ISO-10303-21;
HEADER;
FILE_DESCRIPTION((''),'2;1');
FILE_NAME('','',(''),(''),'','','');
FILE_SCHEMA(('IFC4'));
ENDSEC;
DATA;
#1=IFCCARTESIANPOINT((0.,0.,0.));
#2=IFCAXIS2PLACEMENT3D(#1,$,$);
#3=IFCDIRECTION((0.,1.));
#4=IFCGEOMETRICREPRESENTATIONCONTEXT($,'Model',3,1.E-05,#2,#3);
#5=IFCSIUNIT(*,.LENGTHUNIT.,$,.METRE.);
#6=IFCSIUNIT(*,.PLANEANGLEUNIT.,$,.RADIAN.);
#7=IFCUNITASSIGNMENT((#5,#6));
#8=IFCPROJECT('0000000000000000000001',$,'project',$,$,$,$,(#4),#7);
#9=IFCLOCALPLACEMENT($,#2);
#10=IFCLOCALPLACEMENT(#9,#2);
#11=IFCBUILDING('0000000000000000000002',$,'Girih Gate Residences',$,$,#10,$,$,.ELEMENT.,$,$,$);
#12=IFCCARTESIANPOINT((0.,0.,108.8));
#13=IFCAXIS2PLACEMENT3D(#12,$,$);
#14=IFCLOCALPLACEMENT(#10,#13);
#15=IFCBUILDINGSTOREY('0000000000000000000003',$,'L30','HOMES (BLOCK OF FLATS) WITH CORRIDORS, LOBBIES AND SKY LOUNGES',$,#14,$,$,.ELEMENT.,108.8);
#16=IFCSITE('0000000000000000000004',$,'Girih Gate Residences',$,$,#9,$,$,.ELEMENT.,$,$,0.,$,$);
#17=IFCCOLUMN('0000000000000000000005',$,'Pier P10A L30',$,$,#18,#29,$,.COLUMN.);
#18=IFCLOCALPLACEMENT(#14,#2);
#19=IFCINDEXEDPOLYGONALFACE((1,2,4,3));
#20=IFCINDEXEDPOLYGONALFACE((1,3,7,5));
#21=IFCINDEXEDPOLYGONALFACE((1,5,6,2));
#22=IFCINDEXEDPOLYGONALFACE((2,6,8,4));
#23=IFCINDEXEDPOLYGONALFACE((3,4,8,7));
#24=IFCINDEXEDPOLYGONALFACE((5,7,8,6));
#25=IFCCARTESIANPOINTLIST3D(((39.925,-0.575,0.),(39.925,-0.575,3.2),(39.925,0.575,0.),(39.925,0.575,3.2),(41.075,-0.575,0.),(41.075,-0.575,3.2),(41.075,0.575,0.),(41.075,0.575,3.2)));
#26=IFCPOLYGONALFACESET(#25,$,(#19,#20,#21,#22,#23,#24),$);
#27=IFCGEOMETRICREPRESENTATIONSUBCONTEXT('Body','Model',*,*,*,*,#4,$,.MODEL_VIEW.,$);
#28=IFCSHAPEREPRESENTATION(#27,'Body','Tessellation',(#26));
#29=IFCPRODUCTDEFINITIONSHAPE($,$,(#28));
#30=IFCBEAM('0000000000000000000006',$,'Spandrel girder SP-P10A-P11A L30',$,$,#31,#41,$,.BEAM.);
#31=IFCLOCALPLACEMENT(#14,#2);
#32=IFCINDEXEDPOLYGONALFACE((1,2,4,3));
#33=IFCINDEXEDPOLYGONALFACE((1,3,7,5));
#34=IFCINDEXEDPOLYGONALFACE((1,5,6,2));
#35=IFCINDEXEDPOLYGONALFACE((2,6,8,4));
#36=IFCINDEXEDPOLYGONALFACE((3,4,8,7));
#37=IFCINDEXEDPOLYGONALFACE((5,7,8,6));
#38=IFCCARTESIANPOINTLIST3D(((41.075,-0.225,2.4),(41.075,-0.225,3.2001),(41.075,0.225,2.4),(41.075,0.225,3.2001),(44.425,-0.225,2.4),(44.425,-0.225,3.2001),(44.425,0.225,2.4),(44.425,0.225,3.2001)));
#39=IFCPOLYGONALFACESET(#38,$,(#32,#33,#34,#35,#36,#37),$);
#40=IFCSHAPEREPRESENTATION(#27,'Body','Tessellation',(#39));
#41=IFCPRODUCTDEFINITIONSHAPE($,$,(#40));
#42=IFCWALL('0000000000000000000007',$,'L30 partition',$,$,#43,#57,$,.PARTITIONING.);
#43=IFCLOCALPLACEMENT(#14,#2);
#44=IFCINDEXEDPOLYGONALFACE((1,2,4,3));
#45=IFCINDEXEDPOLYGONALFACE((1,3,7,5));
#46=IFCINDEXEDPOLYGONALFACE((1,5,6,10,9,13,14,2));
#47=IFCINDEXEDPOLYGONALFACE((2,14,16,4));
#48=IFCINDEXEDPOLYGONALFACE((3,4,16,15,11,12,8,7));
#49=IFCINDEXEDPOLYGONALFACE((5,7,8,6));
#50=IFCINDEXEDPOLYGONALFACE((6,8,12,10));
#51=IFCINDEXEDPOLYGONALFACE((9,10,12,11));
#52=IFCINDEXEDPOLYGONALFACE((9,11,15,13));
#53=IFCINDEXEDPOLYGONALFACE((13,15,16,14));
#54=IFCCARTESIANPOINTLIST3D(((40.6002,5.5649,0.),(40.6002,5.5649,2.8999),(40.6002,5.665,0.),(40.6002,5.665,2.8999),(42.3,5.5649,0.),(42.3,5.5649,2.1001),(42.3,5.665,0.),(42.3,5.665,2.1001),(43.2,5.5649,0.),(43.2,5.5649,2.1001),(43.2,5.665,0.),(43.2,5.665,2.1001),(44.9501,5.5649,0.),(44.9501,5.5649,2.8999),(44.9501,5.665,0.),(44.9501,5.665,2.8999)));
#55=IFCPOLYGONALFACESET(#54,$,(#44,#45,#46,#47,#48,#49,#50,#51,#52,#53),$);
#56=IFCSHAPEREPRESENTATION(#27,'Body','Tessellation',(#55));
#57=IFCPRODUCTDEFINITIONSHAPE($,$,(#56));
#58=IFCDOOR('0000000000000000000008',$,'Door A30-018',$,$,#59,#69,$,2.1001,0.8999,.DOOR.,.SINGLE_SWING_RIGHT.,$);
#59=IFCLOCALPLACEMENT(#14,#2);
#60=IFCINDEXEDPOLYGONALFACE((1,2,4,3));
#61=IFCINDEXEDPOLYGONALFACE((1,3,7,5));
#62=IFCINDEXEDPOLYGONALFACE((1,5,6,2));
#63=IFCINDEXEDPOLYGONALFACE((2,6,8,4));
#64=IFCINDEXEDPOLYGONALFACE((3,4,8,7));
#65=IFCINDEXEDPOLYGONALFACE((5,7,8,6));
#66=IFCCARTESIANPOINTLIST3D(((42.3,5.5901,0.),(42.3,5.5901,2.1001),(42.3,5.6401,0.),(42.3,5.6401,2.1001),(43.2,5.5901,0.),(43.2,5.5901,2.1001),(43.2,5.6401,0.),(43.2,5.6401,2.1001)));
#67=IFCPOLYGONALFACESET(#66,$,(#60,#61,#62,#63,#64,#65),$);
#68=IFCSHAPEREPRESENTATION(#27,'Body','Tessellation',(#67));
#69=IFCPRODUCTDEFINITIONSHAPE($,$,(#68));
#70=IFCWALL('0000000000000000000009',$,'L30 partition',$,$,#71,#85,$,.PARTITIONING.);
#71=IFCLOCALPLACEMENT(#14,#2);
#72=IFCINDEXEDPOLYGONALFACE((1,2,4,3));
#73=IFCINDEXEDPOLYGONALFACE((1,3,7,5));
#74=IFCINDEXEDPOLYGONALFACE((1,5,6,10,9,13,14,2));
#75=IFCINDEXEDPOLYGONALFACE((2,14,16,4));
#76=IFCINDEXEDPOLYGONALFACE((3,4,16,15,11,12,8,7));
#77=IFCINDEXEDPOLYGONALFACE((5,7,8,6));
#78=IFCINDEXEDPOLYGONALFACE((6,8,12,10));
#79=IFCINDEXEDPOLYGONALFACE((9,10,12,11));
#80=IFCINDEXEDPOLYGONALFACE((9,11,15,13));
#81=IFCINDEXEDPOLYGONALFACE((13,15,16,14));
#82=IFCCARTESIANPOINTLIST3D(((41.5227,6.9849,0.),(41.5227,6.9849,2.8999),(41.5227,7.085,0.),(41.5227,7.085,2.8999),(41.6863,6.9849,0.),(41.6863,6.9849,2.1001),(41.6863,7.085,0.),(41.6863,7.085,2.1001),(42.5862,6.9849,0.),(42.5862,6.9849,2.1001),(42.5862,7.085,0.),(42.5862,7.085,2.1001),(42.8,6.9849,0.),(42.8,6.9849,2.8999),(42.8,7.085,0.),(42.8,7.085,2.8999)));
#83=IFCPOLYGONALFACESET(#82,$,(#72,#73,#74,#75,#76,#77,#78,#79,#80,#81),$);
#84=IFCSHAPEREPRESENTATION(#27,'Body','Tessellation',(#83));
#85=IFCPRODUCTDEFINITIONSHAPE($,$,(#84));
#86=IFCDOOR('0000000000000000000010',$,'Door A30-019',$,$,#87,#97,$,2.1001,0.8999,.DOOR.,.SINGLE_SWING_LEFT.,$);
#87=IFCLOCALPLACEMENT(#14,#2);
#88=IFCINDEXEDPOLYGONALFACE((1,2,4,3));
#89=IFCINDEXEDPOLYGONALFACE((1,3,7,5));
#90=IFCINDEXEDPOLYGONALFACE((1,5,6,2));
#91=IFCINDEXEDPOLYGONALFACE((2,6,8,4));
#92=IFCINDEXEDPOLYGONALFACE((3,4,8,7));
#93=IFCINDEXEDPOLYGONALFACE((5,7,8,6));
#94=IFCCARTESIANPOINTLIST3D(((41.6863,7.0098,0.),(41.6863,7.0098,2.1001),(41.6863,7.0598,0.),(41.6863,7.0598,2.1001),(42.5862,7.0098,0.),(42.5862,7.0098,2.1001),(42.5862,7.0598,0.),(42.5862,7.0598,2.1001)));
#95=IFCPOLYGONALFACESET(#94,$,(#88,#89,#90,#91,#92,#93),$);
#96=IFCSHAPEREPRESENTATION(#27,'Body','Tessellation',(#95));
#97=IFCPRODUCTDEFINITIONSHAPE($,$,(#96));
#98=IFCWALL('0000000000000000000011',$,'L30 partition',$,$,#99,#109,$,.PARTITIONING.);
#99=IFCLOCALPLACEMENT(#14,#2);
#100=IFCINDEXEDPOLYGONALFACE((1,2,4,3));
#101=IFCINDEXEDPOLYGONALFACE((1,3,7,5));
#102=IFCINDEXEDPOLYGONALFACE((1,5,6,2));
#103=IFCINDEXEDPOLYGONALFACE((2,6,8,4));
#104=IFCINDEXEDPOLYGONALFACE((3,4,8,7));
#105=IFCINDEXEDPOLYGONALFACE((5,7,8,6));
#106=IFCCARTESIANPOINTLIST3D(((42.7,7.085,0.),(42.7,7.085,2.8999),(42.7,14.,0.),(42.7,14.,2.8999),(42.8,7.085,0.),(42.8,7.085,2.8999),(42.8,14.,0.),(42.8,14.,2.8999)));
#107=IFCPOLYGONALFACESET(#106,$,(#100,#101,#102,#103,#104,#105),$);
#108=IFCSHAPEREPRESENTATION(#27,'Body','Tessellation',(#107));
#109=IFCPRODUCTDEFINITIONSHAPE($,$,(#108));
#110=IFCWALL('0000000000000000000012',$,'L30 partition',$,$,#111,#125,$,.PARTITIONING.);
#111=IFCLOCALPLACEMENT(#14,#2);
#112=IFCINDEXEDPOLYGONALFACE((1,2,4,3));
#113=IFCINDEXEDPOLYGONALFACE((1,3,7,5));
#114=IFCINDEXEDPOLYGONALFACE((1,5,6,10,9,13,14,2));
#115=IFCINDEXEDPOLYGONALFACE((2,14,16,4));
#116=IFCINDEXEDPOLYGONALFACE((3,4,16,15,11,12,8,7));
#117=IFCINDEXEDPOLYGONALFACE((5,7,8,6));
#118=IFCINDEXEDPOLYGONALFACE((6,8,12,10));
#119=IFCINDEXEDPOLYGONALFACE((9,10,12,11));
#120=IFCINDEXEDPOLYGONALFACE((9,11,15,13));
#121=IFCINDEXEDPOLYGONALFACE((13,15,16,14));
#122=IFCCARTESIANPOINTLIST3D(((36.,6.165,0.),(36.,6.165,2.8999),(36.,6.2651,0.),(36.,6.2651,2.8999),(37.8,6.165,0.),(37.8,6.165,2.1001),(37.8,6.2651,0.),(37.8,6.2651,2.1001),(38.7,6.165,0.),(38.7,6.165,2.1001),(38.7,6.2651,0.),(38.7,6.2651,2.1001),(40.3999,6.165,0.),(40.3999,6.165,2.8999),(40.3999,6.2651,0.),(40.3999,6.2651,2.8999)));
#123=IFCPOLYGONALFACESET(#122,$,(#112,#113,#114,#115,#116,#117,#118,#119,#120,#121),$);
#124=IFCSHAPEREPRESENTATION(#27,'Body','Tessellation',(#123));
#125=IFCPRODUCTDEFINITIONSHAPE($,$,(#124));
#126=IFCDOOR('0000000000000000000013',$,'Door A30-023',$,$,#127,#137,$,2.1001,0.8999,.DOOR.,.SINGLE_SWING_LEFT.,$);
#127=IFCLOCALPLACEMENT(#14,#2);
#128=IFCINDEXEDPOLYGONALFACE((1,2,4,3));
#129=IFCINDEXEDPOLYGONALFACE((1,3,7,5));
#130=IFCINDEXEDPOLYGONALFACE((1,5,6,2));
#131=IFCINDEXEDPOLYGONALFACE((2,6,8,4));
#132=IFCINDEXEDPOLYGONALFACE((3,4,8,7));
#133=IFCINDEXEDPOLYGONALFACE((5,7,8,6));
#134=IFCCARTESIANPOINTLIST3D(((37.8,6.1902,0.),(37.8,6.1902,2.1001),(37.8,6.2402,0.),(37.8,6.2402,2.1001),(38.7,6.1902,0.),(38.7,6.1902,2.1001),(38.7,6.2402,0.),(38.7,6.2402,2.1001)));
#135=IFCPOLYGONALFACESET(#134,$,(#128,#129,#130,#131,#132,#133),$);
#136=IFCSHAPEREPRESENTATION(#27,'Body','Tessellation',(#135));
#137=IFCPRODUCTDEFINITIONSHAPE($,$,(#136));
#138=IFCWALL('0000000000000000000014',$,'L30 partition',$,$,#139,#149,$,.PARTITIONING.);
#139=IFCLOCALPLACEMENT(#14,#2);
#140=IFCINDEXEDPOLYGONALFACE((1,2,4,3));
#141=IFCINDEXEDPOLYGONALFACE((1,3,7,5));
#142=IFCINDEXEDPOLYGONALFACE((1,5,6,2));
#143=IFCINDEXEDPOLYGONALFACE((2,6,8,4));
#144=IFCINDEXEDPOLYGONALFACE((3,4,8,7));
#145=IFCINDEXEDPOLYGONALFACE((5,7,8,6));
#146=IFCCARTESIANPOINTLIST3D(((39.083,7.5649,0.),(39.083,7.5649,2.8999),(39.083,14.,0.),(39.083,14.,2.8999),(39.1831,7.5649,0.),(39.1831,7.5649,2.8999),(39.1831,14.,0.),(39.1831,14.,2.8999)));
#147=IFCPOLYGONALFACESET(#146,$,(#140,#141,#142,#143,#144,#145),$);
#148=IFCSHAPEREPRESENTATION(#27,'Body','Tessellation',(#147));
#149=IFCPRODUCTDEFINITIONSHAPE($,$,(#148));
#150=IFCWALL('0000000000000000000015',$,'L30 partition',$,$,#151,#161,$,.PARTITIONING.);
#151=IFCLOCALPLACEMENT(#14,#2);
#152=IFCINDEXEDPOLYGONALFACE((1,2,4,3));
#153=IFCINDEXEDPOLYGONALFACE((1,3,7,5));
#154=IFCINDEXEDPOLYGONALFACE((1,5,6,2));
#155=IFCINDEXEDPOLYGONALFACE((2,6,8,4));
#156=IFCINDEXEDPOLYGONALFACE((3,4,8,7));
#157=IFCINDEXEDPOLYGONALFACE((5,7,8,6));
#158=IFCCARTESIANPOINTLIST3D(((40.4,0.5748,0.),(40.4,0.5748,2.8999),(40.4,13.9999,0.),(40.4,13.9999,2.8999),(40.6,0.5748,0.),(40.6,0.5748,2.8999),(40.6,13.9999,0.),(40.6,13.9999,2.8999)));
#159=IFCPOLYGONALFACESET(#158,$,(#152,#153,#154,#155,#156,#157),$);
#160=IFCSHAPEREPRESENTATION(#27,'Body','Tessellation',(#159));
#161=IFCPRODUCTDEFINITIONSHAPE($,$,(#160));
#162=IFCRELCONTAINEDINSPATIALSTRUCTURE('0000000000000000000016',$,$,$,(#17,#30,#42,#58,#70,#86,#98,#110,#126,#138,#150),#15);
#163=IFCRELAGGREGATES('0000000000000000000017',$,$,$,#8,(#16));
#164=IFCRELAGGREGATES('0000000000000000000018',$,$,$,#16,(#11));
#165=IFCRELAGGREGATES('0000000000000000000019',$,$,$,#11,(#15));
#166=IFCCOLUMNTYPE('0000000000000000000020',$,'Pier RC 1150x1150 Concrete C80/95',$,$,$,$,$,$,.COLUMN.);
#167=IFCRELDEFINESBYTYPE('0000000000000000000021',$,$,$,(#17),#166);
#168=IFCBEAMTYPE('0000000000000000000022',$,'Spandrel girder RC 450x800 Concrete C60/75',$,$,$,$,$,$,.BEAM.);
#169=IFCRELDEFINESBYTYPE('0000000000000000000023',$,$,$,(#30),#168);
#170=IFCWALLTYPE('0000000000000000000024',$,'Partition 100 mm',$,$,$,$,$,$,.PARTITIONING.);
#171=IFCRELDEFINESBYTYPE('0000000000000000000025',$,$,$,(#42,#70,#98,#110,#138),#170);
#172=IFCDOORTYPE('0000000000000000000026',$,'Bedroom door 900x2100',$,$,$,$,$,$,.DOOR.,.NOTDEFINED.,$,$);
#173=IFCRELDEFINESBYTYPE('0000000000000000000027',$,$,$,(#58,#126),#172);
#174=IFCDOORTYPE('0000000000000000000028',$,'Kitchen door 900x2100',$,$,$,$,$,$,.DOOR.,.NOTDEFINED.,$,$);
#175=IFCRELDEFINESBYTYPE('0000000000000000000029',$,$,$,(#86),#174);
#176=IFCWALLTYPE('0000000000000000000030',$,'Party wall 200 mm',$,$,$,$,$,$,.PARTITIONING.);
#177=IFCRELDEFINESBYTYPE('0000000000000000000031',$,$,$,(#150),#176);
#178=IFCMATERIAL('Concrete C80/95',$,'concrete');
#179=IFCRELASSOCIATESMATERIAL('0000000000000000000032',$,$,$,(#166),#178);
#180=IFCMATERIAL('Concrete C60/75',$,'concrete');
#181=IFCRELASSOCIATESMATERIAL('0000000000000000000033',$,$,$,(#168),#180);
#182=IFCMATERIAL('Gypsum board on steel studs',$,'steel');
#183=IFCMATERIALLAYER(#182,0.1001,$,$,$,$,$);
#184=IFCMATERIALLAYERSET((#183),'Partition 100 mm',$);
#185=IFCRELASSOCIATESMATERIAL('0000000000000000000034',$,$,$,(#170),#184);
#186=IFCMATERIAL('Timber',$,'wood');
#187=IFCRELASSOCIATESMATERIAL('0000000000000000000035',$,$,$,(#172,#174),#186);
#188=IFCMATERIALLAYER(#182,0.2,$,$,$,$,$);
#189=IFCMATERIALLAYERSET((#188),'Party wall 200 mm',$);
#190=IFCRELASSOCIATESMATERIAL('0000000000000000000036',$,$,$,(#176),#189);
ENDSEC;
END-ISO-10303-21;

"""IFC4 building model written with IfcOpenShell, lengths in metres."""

from ifc_helpers import new_model, si_unit, direction, frame, frame_2d, origin, origin_2d, place, context, subcontext, project, spatial, rectangle, extrude, material, layer, layer_set, material_profile, profile_set, type_object, element, fill, save


model = new_model("IFC4")

# Units and contexts
model_context = context("Model", 3, precision=1e-05, world=origin(), true_north=direction((0.0, 1.0)))
body_context = subcontext(model_context, "Body", "Model", "MODEL_VIEW")
ifc_project = project(units=[si_unit("LENGTHUNIT", "METRE"), si_unit("PLANEANGLEUNIT", "RADIAN")], contexts=[model_context])

# Site, building, storey
site_placement = place(None, origin())
site = spatial("IfcSite", under=ifc_project, at=site_placement, Name="Girih Gate Residences", CompositionType="ELEMENT", RefElevation=0.0)
building_placement = place(site_placement, origin())
building = spatial("IfcBuilding", under=site, at=building_placement, Name="Girih Gate Residences", CompositionType="ELEMENT")
storey_placement = place(building_placement, frame((0.0, 0.0, 108.8)))
storey = spatial("IfcBuildingStorey", under=building, at=storey_placement, Name="L30", Description="HOMES (BLOCK OF FLATS) WITH CORRIDORS, LOBBIES AND SKY LOUNGES", CompositionType="ELEMENT", Elevation=108.8)

# Column
ifc_material_1 = material(Name="Concrete C80/95", Category="concrete")
ifc_material_profile_1 = material_profile(ifc_material_1, rectangle(XDim=1.1499, YDim=1.1499, at=origin_2d()))
ifc_profile_set_1 = profile_set([ifc_material_profile_1], Name="Concrete C80/95")
column_type = type_object("IfcColumnType", Name="Pier RC 1150x1150 Concrete C80/95", PredefinedType="COLUMN", material=ifc_profile_set_1)
column_placement = place(storey_placement, frame((40.5, 0.0, 0.0), z_axis=(0.0, 0.0, 1.0), x_axis=(1.0, 0.0, 0.0)))
element("IfcColumn", 1, at=column_placement, inside=storey, type_object=column_type, Name="Pier P10A L30", PredefinedType="COLUMN", context=body_context, shape_type="SweptSolid", body=[
    extrude(rectangle(XDim=1.1499, YDim=1.1499, at=origin_2d()), origin(), (0.0, 0.0, 1.0), 3.2),
])

# Beam
ifc_material_2 = material(Name="Concrete C60/75", Category="concrete")
ifc_material_profile_2 = material_profile(ifc_material_2, rectangle(XDim=0.45, YDim=0.8, at=origin_2d()))
ifc_profile_set_2 = profile_set([ifc_material_profile_2], Name="Concrete C60/75")
beam_type = type_object("IfcBeamType", Name="Spandrel girder RC 450x800 Concrete C60/75", PredefinedType="BEAM", material=ifc_profile_set_2)
beam_placement = place(storey_placement, frame((41.075, 0.0, 2.8), z_axis=(1.0, 0.0, 0.0), x_axis=(0.0, 1.0, 0.0)))
element("IfcBeam", 2, at=beam_placement, inside=storey, type_object=beam_type, Name="Spandrel girder SP-P10A-P11A L30", PredefinedType="BEAM", context=body_context, shape_type="SweptSolid", body=[
    extrude(rectangle(XDim=0.45, YDim=0.8, at=origin_2d()), origin(), (0.0, 0.0, 1.0), 3.3501),
])

# Walls, openings, doors
ifc_material_3 = material(Name="Gypsum board on steel studs", Category="steel")
ifc_layer_1 = layer(ifc_material_3, 0.1001)
ifc_layer_set_1 = layer_set([ifc_layer_1], Name="Partition 100 mm")
wall_type_1 = type_object("IfcWallType", Name="Partition 100 mm", PredefinedType="PARTITIONING", material=ifc_layer_set_1)
wall_1_placement = place(storey_placement, frame((44.95, 5.615, 0.0), z_axis=(0.0, 0.0, 1.0), x_axis=(-1.0, 0.0, 0.0)))
wall_1 = element("IfcWall", 3, at=wall_1_placement, inside=storey, type_object=wall_type_1, Name="L30 partition", PredefinedType="PARTITIONING", context=body_context, shape_type="SweptSolid", body=[
    extrude(rectangle(XDim=4.3499, YDim=0.1001, at=frame_2d((2.1748, 0.0))), origin(), (0.0, 0.0, 1.0), 2.8999),
])
opening_1_placement = place(wall_1_placement, frame((1.75, 0.0, 0.0)))
opening_1 = element("IfcOpeningElement", 4, at=opening_1_placement, cuts=wall_1, PredefinedType="OPENING", context=body_context, shape_type="SweptSolid", body=[
    extrude(rectangle(XDim=0.8999, YDim=2.1001, at=frame_2d((0.45, 1.05))), frame((0.0, 0.0601, 0.0), z_axis=(0.0, -1.0, 0.0), x_axis=(1.0, 0.0, 0.0)), (0.0, 0.0, 1.0), 0.1201),
])
ifc_material_4 = material(Name="Timber", Category="wood")
door_type_1 = type_object("IfcDoorType", Name="Bedroom door 900x2100", OperationType="NOTDEFINED", PredefinedType="DOOR", material=ifc_material_4)
door_1_placement = place(opening_1_placement, origin())
door_1 = element("IfcDoor", 5, at=door_1_placement, inside=storey, type_object=door_type_1, Name="Door A30-018", OperationType="SINGLE_SWING_RIGHT", OverallHeight=2.1001, OverallWidth=0.8999, PredefinedType="DOOR", context=body_context, shape_type="SweptSolid", body=[
    extrude(rectangle(XDim=0.8999, YDim=2.1001, at=frame_2d((0.45, 1.05))), frame((0.0, 0.0249, 0.0), z_axis=(0.0, -1.0, 0.0), x_axis=(1.0, 0.0, 0.0)), (0.0, 0.0, 1.0), 0.05),
])
fill(opening_1, door_1)
wall_2_placement = place(storey_placement, frame((41.5227, 7.0349, 0.0), z_axis=(0.0, 0.0, 1.0), x_axis=(1.0, 0.0, 0.0)))
wall_2 = element("IfcWall", 6, at=wall_2_placement, inside=storey, type_object=wall_type_1, Name="L30 partition", PredefinedType="PARTITIONING", context=body_context, shape_type="SweptSolid", body=[
    extrude(rectangle(XDim=1.2773, YDim=0.1001, at=frame_2d((0.6387, 0.0))), origin(), (0.0, 0.0, 1.0), 2.8999),
])
opening_2_placement = place(wall_2_placement, frame((0.1636, 0.0, 0.0)))
opening_2 = element("IfcOpeningElement", 7, at=opening_2_placement, cuts=wall_2, PredefinedType="OPENING", context=body_context, shape_type="SweptSolid", body=[
    extrude(rectangle(XDim=0.8999, YDim=2.1001, at=frame_2d((0.45, 1.05))), frame((0.0, 0.0601, 0.0), z_axis=(0.0, -1.0, 0.0), x_axis=(1.0, 0.0, 0.0)), (0.0, 0.0, 1.0), 0.1201),
])
door_type_2 = type_object("IfcDoorType", Name="Kitchen door 900x2100", OperationType="NOTDEFINED", PredefinedType="DOOR", material=ifc_material_4)
door_2_placement = place(opening_2_placement, origin())
door_2 = element("IfcDoor", 8, at=door_2_placement, inside=storey, type_object=door_type_2, Name="Door A30-019", OperationType="SINGLE_SWING_LEFT", OverallHeight=2.1001, OverallWidth=0.8999, PredefinedType="DOOR", context=body_context, shape_type="SweptSolid", body=[
    extrude(rectangle(XDim=0.8999, YDim=2.1001, at=frame_2d((0.45, 1.05))), frame((0.0, 0.0249, 0.0), z_axis=(0.0, -1.0, 0.0), x_axis=(1.0, 0.0, 0.0)), (0.0, 0.0, 1.0), 0.05),
])
fill(opening_2, door_2)

# Wall
wall_3_placement = place(storey_placement, frame((42.75, 7.085, 0.0), z_axis=(0.0, 0.0, 1.0), x_axis=(0.0, 1.0, 0.0)))
element("IfcWall", 9, at=wall_3_placement, inside=storey, type_object=wall_type_1, Name="L30 partition", PredefinedType="PARTITIONING", context=body_context, shape_type="SweptSolid", body=[
    extrude(rectangle(XDim=6.915, YDim=0.1001, at=frame_2d((3.4575, 0.0))), origin(), (0.0, 0.0, 1.0), 2.8999),
])

# Wall, opening, door
wall_4_placement = place(storey_placement, frame((40.3999, 6.2151, 0.0), z_axis=(0.0, 0.0, 1.0), x_axis=(-1.0, 0.0, 0.0)))
wall_4 = element("IfcWall", 10, at=wall_4_placement, inside=storey, type_object=wall_type_1, Name="L30 partition", PredefinedType="PARTITIONING", context=body_context, shape_type="SweptSolid", body=[
    extrude(rectangle(XDim=4.3999, YDim=0.1001, at=frame_2d((2.2, 0.0))), origin(), (0.0, 0.0, 1.0), 2.8999),
])
opening_3_placement = place(wall_4_placement, frame((1.7, 0.0, 0.0)))
opening_3 = element("IfcOpeningElement", 11, at=opening_3_placement, cuts=wall_4, PredefinedType="OPENING", context=body_context, shape_type="SweptSolid", body=[
    extrude(rectangle(XDim=0.8999, YDim=2.1001, at=frame_2d((0.45, 1.05))), frame((0.0, 0.0601, 0.0), z_axis=(0.0, -1.0, 0.0), x_axis=(1.0, 0.0, 0.0)), (0.0, 0.0, 1.0), 0.1201),
])
door_3_placement = place(opening_3_placement, origin())
door_3 = element("IfcDoor", 12, at=door_3_placement, inside=storey, type_object=door_type_1, Name="Door A30-023", OperationType="SINGLE_SWING_LEFT", OverallHeight=2.1001, OverallWidth=0.8999, PredefinedType="DOOR", context=body_context, shape_type="SweptSolid", body=[
    extrude(rectangle(XDim=0.8999, YDim=2.1001, at=frame_2d((0.45, 1.05))), frame((0.0, 0.0249, 0.0), z_axis=(0.0, -1.0, 0.0), x_axis=(1.0, 0.0, 0.0)), (0.0, 0.0, 1.0), 0.05),
])
fill(opening_3, door_3)

# Walls
wall_5_placement = place(storey_placement, frame((39.1331, 7.5649, 0.0), z_axis=(0.0, 0.0, 1.0), x_axis=(0.0, 1.0, 0.0)))
element("IfcWall", 13, at=wall_5_placement, inside=storey, type_object=wall_type_1, Name="L30 partition", PredefinedType="PARTITIONING", context=body_context, shape_type="SweptSolid", body=[
    extrude(rectangle(XDim=6.4351, YDim=0.1001, at=frame_2d((3.2175, 0.0))), origin(), (0.0, 0.0, 1.0), 2.8999),
])
ifc_layer_2 = layer(ifc_material_3, 0.2)
ifc_layer_set_2 = layer_set([ifc_layer_2], Name="Party wall 200 mm")
wall_type_2 = type_object("IfcWallType", Name="Party wall 200 mm", PredefinedType="PARTITIONING", material=ifc_layer_set_2)
wall_6_placement = place(storey_placement, frame((40.5, 0.575, 0.0), z_axis=(0.0, 0.0, 1.0), x_axis=(0.0, 1.0, 0.0)))
element("IfcWall", 14, at=wall_6_placement, inside=storey, type_object=wall_type_2, Name="L30 partition", PredefinedType="PARTITIONING", context=body_context, shape_type="SweptSolid", body=[
    extrude(rectangle(XDim=13.425, YDim=0.2, at=frame_2d((6.7124, 0.0))), origin(), (0.0, 0.0, 1.0), 2.8999),
])

save(model, "model.ifc")
